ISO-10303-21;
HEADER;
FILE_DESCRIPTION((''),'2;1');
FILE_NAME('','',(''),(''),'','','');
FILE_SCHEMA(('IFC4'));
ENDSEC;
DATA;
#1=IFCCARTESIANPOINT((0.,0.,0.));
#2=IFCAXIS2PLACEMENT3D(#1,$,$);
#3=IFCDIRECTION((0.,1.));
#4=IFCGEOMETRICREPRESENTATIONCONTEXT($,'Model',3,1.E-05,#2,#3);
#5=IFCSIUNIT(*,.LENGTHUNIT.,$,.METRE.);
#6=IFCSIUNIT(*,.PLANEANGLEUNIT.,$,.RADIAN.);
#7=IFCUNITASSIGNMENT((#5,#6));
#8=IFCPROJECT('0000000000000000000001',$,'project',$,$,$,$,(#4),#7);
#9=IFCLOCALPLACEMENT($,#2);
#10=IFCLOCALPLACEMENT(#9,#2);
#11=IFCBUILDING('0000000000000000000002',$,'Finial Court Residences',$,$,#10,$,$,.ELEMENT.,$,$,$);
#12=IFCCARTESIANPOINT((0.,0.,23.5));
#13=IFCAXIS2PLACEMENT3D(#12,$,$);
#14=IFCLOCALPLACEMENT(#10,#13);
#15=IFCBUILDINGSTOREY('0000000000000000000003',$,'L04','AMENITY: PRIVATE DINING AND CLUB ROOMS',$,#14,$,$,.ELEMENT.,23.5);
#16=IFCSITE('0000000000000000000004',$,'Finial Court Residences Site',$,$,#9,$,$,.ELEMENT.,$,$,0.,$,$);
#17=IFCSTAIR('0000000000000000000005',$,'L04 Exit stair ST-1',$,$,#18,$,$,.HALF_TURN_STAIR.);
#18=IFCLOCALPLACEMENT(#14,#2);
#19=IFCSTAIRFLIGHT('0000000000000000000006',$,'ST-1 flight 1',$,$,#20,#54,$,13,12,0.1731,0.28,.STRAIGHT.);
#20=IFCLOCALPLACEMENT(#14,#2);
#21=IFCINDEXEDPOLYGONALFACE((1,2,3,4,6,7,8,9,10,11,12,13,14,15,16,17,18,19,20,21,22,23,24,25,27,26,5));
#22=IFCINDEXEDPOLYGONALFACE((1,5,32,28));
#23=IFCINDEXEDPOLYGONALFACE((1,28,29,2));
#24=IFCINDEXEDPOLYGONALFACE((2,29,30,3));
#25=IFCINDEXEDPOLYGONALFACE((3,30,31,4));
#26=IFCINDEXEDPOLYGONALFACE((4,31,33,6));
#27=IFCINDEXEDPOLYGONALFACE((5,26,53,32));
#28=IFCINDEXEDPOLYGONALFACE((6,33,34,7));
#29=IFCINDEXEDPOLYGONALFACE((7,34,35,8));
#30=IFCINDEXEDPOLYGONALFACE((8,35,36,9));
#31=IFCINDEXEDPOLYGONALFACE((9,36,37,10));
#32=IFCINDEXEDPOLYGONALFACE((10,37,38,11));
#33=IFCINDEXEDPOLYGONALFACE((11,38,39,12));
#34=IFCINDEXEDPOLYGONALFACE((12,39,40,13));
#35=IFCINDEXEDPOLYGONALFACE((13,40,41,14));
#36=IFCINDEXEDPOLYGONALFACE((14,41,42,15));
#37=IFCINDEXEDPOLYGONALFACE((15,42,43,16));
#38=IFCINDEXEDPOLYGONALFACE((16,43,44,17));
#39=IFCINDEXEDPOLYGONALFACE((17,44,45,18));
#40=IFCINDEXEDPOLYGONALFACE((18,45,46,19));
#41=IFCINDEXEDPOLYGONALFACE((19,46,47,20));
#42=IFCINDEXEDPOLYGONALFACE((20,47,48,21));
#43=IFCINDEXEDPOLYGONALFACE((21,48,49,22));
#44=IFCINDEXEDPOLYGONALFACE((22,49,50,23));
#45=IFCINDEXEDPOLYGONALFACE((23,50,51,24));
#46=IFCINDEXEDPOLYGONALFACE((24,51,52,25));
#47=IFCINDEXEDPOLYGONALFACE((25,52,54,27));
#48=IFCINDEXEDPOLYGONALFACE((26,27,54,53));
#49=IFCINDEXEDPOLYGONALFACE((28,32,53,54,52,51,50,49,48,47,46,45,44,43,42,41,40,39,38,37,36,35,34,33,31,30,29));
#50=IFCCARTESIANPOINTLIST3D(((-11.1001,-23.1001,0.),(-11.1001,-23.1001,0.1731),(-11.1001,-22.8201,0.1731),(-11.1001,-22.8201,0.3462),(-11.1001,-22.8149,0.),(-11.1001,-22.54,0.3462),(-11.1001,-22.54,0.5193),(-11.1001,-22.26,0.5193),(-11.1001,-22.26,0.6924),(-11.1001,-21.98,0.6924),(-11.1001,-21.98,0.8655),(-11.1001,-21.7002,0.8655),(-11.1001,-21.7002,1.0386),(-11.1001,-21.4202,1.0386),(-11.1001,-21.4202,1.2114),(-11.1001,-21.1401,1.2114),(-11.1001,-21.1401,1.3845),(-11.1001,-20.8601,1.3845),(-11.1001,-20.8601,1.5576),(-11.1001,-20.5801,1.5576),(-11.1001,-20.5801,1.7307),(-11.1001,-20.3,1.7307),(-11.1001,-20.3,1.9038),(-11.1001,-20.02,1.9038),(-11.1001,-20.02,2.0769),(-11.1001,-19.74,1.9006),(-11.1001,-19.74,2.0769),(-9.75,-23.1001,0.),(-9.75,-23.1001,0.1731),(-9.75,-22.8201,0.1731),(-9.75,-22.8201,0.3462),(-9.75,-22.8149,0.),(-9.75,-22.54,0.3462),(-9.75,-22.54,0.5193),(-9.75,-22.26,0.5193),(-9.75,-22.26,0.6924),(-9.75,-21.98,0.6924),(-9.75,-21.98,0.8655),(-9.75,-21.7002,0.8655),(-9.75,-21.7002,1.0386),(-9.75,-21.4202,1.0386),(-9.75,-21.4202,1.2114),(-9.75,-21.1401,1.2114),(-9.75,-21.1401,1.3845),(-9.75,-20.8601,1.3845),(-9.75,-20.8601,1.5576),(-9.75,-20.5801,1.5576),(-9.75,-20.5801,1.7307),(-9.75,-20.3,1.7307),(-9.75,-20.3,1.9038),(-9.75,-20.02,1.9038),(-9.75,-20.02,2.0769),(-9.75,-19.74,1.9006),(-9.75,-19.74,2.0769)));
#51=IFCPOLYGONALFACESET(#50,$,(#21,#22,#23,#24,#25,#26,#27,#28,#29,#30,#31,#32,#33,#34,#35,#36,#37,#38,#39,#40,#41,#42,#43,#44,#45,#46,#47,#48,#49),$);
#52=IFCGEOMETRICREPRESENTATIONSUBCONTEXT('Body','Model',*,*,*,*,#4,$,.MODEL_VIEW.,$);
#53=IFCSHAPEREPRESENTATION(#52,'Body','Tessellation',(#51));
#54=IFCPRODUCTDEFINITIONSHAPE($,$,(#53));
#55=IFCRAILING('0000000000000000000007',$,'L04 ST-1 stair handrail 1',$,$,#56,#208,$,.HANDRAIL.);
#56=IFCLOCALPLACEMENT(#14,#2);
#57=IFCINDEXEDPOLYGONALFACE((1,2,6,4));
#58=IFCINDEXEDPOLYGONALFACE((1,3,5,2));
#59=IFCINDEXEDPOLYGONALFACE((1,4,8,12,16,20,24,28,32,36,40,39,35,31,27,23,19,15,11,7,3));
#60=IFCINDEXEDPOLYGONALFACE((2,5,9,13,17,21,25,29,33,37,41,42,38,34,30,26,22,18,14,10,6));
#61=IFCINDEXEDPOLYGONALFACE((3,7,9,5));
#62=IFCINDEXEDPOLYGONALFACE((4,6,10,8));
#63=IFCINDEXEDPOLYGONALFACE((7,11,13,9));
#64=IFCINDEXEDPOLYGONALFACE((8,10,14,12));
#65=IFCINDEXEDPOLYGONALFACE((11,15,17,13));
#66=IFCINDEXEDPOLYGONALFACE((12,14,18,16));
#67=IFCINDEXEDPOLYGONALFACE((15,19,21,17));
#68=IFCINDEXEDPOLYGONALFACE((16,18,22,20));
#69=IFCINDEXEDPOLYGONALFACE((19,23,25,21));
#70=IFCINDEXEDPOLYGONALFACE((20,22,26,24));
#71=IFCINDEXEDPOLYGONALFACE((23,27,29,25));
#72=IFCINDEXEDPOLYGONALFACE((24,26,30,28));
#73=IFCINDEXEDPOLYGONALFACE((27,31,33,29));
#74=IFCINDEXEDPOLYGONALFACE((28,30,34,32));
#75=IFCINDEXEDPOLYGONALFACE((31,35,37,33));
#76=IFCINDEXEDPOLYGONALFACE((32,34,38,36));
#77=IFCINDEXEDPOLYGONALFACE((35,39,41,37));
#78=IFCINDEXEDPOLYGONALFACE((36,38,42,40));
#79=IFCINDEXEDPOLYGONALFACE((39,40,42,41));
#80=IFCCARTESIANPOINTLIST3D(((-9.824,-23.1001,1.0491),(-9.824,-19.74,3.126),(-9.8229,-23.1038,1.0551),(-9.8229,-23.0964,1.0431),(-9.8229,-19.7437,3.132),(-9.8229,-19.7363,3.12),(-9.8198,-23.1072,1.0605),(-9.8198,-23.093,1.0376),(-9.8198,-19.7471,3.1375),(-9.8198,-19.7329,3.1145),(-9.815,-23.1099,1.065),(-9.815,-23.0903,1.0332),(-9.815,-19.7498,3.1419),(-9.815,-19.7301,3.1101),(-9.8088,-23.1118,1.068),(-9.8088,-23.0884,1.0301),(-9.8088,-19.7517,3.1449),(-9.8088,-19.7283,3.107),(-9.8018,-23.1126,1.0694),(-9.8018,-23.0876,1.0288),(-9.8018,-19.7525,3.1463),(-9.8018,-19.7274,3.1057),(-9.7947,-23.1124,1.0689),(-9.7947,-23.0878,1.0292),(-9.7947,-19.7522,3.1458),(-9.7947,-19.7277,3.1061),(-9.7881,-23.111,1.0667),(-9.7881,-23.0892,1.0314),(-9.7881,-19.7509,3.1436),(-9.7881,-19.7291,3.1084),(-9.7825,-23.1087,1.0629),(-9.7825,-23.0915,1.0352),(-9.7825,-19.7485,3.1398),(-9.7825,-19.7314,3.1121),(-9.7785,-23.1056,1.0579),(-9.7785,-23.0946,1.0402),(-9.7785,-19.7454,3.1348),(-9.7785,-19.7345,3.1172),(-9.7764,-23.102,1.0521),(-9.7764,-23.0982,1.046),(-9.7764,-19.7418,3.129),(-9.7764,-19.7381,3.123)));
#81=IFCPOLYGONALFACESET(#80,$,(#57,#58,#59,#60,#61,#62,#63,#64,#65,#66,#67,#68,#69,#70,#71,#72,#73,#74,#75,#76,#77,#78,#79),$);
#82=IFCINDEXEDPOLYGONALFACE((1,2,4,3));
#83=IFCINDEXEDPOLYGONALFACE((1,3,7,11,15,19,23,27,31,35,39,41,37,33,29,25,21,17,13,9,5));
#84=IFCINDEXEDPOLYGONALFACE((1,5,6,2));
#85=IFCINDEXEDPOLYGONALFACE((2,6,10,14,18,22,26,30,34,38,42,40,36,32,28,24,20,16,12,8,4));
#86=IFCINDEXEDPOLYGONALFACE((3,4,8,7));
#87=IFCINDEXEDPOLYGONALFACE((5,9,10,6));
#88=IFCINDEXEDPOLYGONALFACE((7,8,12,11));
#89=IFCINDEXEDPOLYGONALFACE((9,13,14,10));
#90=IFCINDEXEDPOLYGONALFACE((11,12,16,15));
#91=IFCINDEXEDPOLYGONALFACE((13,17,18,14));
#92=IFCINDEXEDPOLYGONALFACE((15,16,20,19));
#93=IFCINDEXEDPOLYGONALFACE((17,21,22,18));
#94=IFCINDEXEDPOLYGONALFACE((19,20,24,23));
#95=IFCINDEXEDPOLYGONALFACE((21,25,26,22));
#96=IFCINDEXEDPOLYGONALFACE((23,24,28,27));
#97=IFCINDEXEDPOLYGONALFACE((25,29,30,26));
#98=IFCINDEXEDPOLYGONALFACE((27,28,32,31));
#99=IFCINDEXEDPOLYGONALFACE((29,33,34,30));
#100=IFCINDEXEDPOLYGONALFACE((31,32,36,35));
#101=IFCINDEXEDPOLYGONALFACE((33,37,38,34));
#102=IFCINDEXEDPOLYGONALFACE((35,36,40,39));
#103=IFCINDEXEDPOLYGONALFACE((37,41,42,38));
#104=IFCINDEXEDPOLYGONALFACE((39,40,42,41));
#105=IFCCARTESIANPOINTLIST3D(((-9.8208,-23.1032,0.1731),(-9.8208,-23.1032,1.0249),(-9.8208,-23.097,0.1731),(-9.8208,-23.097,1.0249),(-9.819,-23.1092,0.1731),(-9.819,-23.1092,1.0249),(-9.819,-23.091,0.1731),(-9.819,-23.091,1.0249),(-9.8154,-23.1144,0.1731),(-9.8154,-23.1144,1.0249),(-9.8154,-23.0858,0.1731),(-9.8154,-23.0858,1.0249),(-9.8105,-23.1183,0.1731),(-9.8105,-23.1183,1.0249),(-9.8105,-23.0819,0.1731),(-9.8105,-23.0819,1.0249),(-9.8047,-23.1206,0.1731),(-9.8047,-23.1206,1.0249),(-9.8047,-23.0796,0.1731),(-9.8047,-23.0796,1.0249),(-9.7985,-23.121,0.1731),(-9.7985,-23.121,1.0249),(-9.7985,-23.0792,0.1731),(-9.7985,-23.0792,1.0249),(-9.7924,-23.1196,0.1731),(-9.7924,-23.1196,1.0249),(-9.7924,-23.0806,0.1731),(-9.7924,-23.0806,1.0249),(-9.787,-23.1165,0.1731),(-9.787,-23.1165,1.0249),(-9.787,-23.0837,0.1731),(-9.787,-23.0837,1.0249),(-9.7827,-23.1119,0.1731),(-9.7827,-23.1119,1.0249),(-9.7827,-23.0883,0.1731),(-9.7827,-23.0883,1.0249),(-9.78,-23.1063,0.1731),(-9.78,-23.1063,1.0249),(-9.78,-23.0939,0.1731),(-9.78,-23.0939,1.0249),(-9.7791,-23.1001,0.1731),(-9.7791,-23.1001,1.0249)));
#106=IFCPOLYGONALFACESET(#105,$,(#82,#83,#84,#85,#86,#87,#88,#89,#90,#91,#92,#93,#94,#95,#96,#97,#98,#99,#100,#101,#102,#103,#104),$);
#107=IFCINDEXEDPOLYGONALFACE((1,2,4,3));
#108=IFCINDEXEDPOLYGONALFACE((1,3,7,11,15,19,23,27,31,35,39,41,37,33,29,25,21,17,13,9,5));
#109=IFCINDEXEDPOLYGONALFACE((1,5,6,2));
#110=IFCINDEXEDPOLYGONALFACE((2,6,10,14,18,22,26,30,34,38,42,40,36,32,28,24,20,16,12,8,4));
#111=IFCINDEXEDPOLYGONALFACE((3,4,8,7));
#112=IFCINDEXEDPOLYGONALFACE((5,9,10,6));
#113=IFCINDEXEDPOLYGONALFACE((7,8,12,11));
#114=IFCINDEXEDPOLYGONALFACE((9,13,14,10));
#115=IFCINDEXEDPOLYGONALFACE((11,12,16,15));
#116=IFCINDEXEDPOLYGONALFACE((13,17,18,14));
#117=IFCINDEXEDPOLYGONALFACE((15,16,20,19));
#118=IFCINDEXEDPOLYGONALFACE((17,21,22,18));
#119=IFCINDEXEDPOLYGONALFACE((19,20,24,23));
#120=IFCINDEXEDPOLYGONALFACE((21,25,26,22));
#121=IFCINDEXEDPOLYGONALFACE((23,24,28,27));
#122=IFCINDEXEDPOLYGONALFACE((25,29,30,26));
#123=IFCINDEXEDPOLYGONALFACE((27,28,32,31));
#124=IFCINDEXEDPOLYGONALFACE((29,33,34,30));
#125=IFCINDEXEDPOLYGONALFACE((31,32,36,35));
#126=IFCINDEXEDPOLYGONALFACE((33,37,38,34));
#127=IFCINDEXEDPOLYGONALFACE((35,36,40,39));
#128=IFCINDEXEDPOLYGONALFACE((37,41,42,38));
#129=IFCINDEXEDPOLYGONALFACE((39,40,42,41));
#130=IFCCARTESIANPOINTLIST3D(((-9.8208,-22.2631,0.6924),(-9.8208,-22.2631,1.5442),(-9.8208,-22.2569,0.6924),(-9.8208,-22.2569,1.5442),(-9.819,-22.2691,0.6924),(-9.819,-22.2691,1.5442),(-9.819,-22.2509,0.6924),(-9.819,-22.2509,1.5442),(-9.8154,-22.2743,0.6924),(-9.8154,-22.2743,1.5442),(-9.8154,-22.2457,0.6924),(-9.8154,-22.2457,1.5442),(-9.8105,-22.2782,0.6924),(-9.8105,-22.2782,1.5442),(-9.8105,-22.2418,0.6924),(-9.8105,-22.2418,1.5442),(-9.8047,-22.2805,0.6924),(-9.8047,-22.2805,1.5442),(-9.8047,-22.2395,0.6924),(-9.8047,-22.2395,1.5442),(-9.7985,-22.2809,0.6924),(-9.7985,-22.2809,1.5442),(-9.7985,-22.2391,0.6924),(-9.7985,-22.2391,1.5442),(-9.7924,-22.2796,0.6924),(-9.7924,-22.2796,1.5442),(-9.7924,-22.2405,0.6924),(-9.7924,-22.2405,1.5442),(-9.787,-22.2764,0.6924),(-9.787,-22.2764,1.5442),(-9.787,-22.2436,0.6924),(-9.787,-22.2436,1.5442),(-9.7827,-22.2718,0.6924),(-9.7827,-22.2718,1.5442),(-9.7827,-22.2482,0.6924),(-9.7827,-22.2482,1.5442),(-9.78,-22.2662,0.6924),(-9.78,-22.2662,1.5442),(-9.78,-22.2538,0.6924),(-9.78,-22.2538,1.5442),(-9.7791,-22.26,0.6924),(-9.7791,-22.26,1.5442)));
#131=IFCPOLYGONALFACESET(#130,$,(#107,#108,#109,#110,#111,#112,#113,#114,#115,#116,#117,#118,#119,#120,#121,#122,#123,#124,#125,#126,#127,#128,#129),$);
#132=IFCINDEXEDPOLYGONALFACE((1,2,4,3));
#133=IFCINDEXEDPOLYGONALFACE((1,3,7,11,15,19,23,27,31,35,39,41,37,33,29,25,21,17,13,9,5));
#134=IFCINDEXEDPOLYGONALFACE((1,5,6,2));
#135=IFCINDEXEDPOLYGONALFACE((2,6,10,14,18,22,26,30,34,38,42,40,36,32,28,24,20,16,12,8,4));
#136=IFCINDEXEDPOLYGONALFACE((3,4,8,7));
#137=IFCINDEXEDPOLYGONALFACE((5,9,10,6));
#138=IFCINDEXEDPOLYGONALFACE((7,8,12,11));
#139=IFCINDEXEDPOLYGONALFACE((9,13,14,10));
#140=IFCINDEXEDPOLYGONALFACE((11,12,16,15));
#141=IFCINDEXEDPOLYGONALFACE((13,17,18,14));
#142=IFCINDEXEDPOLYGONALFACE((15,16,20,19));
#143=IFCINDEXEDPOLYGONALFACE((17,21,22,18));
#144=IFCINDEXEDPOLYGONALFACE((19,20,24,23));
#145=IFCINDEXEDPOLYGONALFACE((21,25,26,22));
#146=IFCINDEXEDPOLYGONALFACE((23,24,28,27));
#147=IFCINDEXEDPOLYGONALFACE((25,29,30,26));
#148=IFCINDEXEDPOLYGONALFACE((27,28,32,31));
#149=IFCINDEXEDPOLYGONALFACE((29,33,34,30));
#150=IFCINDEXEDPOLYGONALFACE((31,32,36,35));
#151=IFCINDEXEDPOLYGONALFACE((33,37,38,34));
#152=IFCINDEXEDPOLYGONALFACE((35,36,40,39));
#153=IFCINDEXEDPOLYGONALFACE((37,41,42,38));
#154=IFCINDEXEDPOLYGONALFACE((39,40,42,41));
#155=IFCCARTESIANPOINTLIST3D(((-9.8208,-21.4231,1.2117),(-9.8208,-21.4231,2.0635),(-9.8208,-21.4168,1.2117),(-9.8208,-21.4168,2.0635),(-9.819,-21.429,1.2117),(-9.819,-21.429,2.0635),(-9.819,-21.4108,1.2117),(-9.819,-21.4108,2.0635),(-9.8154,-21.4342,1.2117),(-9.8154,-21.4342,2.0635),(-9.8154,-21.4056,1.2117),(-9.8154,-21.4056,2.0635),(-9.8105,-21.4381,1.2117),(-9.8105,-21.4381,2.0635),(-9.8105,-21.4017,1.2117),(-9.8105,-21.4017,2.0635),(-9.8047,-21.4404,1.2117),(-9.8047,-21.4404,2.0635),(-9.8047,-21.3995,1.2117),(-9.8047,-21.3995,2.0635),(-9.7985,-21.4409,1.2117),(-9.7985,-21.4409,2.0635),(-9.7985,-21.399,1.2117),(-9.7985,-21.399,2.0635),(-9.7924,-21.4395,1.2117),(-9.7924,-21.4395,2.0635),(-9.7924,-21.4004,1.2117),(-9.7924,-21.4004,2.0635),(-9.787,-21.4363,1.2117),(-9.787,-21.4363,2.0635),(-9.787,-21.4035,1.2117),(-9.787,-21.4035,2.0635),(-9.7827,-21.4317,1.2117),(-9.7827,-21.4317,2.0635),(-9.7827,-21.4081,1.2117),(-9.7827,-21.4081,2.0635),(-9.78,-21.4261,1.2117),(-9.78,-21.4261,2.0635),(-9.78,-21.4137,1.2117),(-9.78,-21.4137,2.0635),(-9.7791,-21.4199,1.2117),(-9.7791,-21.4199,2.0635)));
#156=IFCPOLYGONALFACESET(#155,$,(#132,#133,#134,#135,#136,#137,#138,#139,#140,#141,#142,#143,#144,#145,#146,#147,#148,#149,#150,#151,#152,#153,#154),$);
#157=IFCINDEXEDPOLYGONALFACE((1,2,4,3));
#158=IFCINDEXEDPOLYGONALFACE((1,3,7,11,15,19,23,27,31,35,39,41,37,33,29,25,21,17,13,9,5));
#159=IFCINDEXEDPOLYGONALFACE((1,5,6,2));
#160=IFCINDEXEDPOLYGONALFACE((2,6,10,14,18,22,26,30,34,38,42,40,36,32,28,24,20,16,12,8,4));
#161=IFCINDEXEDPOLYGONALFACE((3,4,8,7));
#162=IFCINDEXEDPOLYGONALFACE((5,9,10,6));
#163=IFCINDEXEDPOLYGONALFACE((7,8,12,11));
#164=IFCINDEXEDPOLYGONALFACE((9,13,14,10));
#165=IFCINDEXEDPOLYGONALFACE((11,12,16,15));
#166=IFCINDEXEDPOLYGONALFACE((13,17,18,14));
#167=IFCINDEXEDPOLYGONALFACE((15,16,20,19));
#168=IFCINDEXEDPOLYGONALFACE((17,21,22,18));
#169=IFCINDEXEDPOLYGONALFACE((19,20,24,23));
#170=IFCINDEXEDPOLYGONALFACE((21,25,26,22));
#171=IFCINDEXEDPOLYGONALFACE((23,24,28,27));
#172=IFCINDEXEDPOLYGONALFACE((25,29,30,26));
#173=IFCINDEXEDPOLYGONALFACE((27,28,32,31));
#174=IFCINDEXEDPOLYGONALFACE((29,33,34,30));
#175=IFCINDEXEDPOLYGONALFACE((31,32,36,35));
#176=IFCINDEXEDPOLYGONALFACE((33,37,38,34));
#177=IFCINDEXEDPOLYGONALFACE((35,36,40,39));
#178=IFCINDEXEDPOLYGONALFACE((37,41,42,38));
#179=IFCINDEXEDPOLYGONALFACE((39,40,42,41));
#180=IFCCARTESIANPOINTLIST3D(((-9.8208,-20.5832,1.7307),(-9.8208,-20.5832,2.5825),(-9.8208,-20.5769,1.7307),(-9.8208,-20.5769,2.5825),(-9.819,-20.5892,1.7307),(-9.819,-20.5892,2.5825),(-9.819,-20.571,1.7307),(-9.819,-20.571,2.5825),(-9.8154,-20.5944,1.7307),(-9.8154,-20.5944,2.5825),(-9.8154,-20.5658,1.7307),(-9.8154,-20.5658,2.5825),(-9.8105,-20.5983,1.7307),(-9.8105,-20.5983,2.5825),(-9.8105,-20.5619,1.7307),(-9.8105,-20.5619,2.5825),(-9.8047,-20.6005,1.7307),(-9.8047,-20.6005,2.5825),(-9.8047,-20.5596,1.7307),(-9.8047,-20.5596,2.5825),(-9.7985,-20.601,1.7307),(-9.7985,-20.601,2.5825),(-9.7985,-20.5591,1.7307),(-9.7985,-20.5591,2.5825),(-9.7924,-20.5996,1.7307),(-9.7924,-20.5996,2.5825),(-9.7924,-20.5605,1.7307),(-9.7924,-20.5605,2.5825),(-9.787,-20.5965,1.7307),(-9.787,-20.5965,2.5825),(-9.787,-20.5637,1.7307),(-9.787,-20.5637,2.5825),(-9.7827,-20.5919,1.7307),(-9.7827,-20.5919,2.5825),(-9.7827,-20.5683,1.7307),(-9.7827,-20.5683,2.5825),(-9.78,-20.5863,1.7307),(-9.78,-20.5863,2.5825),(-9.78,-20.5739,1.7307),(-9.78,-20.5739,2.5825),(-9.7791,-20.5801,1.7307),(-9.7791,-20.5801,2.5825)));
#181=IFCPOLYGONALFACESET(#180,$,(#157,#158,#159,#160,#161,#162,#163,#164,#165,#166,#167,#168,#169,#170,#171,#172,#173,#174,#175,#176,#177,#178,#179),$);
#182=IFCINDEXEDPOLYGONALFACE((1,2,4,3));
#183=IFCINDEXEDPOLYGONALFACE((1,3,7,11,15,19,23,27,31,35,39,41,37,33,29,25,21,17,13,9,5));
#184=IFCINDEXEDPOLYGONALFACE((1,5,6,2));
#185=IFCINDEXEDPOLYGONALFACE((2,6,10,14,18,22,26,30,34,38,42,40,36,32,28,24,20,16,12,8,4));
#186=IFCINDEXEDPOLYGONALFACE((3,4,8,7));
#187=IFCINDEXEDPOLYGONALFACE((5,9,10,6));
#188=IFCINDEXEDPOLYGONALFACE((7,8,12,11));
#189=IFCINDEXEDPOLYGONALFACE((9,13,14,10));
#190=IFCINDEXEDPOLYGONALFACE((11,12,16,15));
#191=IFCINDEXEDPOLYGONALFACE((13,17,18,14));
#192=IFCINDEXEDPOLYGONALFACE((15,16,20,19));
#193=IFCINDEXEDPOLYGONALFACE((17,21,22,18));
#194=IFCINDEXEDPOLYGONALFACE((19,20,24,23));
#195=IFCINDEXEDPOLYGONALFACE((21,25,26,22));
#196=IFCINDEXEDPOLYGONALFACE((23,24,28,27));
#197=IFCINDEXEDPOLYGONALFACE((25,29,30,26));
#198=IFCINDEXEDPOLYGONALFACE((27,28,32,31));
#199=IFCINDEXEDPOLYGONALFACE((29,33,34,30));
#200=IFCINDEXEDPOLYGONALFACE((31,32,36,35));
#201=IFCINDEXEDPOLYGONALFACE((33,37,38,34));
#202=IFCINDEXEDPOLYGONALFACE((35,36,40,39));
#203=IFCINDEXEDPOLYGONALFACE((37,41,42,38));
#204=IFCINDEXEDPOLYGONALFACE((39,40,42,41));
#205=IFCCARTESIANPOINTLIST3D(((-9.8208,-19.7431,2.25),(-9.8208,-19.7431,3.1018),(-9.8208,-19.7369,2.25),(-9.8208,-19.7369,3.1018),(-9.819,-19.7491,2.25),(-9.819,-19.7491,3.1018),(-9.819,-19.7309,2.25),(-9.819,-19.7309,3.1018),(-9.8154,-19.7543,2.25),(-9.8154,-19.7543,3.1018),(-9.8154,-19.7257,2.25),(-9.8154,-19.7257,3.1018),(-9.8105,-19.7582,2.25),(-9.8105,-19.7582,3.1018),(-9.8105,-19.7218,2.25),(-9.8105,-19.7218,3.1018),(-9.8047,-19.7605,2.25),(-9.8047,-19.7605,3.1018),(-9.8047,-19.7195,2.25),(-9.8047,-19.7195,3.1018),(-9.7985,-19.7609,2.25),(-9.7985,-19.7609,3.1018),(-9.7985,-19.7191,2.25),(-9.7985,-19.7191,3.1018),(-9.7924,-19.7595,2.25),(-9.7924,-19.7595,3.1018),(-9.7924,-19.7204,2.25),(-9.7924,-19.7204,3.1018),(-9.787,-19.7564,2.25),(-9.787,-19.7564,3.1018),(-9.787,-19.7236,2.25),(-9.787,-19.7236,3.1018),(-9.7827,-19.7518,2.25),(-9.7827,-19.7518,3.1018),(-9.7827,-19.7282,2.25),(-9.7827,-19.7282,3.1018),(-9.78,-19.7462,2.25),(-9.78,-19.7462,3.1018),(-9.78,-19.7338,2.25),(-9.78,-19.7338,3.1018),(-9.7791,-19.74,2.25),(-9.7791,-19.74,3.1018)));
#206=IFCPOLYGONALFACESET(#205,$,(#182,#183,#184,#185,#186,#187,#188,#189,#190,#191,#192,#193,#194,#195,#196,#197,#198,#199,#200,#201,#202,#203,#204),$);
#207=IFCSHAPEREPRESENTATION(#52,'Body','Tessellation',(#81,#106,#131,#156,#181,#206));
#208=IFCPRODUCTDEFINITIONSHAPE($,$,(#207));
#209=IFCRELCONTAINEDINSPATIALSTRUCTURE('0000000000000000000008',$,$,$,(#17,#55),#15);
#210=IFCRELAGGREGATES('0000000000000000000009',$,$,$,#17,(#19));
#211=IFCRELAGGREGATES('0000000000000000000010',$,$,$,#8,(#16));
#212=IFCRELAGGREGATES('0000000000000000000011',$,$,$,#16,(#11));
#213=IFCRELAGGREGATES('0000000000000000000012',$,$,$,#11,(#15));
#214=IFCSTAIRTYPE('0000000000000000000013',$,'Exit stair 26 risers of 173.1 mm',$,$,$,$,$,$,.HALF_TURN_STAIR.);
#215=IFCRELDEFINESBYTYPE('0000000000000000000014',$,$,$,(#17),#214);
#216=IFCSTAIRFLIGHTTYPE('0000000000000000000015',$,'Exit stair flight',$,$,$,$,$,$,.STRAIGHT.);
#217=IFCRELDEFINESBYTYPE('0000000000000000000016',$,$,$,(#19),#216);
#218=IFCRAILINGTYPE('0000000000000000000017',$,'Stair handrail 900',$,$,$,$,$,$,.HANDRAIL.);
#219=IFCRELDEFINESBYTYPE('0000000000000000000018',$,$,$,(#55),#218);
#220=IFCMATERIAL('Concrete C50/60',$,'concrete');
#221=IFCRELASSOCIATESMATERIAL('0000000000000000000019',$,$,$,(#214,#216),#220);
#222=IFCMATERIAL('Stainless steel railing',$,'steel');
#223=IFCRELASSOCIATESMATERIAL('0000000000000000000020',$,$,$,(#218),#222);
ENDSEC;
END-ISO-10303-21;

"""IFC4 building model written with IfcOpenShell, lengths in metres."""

from ifc_helpers import new_model, si_unit, direction, frame, origin, origin_2d, place, context, subcontext, project, spatial, polyline, circle, outline, extrude, material, type_object, element, aggregate, save


model = new_model("IFC4")

# Units and contexts
model_context = context("Model", 3, precision=1e-05, world=origin(), true_north=direction((0.0, 1.0)))
body_context = subcontext(model_context, "Body", "Model", "MODEL_VIEW")
ifc_project = project(units=[si_unit("LENGTHUNIT", "METRE"), si_unit("PLANEANGLEUNIT", "RADIAN")], contexts=[model_context])

# Site, building, storey
site_placement = place(None, origin())
site = spatial("IfcSite", under=ifc_project, at=site_placement, Name="Finial Court Residences Site", CompositionType="ELEMENT", RefElevation=0.0)
building_placement = place(site_placement, origin())
building = spatial("IfcBuilding", under=site, at=building_placement, Name="Finial Court Residences", CompositionType="ELEMENT")
storey_placement = place(building_placement, frame((0.0, 0.0, 23.5)))
storey = spatial("IfcBuildingStorey", under=building, at=storey_placement, Name="L04", Description="AMENITY: PRIVATE DINING AND CLUB ROOMS", CompositionType="ELEMENT", Elevation=23.5)

# Shared definitions
ifc_material_1 = material(Name="Concrete C50/60", Category="concrete")

# Stair, stair flight
stair_type = type_object("IfcStairType", Name="Exit stair 26 risers of 173.1 mm", PredefinedType="HALF_TURN_STAIR", material=ifc_material_1)
stair_placement = place(storey_placement, origin())
stair = element("IfcStair", 1, at=stair_placement, inside=storey, type_object=stair_type, Name="L04 Exit stair ST-1", PredefinedType="HALF_TURN_STAIR")
stair_flight_type = type_object("IfcStairFlightType", Name="Exit stair flight", PredefinedType="STRAIGHT", material=ifc_material_1)
stair_flight_placement = place(storey_placement, frame((-10.425, -23.1001, 0.0), z_axis=(0.0, 0.0, 1.0), x_axis=(0.0, 1.0, 0.0)))
stair_flight = element("IfcStairFlight", 2, at=stair_flight_placement, type_object=stair_flight_type, Name="ST-1 flight 1", NumberOfRisers=13, NumberOfTreads=12, PredefinedType="STRAIGHT", RiserHeight=0.1731, TreadLength=0.28, context=body_context, shape_type="SweptSolid", body=[
    extrude(outline(polyline([(0.0, 0.0), (0.0, 0.1731), (0.28, 0.1731), (0.28, 0.3462), (0.5601, 0.3462), (0.5601, 0.5193), (0.8401, 0.5193), (0.8401, 0.6924), (1.1201, 0.6924), (1.1201, 0.8655), (1.3999, 0.8655), (1.3999, 1.0386), (1.6799, 1.0386), (1.6799, 1.2114), (1.96, 1.2114), (1.96, 1.3845), (2.24, 1.3845), (2.24, 1.5576), (2.52, 1.5576), (2.52, 1.7307), (2.8, 1.7307), (2.8, 1.9038), (3.0801, 1.9038), (3.0801, 2.0769), (3.3601, 2.0769), (3.3601, 2.25), (3.3601, 1.9006), (0.2852, 0.0), (0.0, 0.0)])), frame((0.0, 0.675, 0.0), z_axis=(0.0, -1.0, 0.0), x_axis=(1.0, 0.0, 0.0)), (0.0, 0.0, 1.0), 1.3501),
])
aggregate(stair, [stair_flight])

# Railing
ifc_material_2 = material(Name="Stainless steel railing", Category="steel")
railing_type_1 = type_object("IfcRailingType", Name="Stair handrail 900", PredefinedType="HANDRAIL", material=ifc_material_2)
railing_1_placement = place(storey_placement, frame((-9.8, -23.1001, 0.1731)))
element("IfcRailing", 3, at=railing_1_placement, inside=storey, type_object=railing_type_1, Name="L04 ST-1 stair handrail 1", PredefinedType="HANDRAIL", context=body_context, shape_type="SweptSolid", body=[
    extrude(circle(Radius=0.0239, at=origin_2d()), frame((0.0, 0.0, 0.876), z_axis=(0.0, 0.850623, 0.525776), x_axis=(-1.0, 0.0, 0.0)), (0.0, 0.0, 1.0), 3.9502),
    extrude(circle(Radius=0.021, at=origin_2d()), origin(), (0.0, 0.0, 1.0), 0.8518),
    extrude(circle(Radius=0.021, at=origin_2d()), frame((0.0, 0.8401, 0.5193)), (0.0, 0.0, 1.0), 0.8518),
    extrude(circle(Radius=0.021, at=origin_2d()), frame((0.0, 1.6802, 1.0386)), (0.0, 0.0, 1.0), 0.8518),
    extrude(circle(Radius=0.021, at=origin_2d()), frame((0.0, 2.52, 1.5576)), (0.0, 0.0, 1.0), 0.8518),
    extrude(circle(Radius=0.021, at=origin_2d()), frame((0.0, 3.3601, 2.0769)), (0.0, 0.0, 1.0), 0.8518),
])

save(model, "model.ifc")
